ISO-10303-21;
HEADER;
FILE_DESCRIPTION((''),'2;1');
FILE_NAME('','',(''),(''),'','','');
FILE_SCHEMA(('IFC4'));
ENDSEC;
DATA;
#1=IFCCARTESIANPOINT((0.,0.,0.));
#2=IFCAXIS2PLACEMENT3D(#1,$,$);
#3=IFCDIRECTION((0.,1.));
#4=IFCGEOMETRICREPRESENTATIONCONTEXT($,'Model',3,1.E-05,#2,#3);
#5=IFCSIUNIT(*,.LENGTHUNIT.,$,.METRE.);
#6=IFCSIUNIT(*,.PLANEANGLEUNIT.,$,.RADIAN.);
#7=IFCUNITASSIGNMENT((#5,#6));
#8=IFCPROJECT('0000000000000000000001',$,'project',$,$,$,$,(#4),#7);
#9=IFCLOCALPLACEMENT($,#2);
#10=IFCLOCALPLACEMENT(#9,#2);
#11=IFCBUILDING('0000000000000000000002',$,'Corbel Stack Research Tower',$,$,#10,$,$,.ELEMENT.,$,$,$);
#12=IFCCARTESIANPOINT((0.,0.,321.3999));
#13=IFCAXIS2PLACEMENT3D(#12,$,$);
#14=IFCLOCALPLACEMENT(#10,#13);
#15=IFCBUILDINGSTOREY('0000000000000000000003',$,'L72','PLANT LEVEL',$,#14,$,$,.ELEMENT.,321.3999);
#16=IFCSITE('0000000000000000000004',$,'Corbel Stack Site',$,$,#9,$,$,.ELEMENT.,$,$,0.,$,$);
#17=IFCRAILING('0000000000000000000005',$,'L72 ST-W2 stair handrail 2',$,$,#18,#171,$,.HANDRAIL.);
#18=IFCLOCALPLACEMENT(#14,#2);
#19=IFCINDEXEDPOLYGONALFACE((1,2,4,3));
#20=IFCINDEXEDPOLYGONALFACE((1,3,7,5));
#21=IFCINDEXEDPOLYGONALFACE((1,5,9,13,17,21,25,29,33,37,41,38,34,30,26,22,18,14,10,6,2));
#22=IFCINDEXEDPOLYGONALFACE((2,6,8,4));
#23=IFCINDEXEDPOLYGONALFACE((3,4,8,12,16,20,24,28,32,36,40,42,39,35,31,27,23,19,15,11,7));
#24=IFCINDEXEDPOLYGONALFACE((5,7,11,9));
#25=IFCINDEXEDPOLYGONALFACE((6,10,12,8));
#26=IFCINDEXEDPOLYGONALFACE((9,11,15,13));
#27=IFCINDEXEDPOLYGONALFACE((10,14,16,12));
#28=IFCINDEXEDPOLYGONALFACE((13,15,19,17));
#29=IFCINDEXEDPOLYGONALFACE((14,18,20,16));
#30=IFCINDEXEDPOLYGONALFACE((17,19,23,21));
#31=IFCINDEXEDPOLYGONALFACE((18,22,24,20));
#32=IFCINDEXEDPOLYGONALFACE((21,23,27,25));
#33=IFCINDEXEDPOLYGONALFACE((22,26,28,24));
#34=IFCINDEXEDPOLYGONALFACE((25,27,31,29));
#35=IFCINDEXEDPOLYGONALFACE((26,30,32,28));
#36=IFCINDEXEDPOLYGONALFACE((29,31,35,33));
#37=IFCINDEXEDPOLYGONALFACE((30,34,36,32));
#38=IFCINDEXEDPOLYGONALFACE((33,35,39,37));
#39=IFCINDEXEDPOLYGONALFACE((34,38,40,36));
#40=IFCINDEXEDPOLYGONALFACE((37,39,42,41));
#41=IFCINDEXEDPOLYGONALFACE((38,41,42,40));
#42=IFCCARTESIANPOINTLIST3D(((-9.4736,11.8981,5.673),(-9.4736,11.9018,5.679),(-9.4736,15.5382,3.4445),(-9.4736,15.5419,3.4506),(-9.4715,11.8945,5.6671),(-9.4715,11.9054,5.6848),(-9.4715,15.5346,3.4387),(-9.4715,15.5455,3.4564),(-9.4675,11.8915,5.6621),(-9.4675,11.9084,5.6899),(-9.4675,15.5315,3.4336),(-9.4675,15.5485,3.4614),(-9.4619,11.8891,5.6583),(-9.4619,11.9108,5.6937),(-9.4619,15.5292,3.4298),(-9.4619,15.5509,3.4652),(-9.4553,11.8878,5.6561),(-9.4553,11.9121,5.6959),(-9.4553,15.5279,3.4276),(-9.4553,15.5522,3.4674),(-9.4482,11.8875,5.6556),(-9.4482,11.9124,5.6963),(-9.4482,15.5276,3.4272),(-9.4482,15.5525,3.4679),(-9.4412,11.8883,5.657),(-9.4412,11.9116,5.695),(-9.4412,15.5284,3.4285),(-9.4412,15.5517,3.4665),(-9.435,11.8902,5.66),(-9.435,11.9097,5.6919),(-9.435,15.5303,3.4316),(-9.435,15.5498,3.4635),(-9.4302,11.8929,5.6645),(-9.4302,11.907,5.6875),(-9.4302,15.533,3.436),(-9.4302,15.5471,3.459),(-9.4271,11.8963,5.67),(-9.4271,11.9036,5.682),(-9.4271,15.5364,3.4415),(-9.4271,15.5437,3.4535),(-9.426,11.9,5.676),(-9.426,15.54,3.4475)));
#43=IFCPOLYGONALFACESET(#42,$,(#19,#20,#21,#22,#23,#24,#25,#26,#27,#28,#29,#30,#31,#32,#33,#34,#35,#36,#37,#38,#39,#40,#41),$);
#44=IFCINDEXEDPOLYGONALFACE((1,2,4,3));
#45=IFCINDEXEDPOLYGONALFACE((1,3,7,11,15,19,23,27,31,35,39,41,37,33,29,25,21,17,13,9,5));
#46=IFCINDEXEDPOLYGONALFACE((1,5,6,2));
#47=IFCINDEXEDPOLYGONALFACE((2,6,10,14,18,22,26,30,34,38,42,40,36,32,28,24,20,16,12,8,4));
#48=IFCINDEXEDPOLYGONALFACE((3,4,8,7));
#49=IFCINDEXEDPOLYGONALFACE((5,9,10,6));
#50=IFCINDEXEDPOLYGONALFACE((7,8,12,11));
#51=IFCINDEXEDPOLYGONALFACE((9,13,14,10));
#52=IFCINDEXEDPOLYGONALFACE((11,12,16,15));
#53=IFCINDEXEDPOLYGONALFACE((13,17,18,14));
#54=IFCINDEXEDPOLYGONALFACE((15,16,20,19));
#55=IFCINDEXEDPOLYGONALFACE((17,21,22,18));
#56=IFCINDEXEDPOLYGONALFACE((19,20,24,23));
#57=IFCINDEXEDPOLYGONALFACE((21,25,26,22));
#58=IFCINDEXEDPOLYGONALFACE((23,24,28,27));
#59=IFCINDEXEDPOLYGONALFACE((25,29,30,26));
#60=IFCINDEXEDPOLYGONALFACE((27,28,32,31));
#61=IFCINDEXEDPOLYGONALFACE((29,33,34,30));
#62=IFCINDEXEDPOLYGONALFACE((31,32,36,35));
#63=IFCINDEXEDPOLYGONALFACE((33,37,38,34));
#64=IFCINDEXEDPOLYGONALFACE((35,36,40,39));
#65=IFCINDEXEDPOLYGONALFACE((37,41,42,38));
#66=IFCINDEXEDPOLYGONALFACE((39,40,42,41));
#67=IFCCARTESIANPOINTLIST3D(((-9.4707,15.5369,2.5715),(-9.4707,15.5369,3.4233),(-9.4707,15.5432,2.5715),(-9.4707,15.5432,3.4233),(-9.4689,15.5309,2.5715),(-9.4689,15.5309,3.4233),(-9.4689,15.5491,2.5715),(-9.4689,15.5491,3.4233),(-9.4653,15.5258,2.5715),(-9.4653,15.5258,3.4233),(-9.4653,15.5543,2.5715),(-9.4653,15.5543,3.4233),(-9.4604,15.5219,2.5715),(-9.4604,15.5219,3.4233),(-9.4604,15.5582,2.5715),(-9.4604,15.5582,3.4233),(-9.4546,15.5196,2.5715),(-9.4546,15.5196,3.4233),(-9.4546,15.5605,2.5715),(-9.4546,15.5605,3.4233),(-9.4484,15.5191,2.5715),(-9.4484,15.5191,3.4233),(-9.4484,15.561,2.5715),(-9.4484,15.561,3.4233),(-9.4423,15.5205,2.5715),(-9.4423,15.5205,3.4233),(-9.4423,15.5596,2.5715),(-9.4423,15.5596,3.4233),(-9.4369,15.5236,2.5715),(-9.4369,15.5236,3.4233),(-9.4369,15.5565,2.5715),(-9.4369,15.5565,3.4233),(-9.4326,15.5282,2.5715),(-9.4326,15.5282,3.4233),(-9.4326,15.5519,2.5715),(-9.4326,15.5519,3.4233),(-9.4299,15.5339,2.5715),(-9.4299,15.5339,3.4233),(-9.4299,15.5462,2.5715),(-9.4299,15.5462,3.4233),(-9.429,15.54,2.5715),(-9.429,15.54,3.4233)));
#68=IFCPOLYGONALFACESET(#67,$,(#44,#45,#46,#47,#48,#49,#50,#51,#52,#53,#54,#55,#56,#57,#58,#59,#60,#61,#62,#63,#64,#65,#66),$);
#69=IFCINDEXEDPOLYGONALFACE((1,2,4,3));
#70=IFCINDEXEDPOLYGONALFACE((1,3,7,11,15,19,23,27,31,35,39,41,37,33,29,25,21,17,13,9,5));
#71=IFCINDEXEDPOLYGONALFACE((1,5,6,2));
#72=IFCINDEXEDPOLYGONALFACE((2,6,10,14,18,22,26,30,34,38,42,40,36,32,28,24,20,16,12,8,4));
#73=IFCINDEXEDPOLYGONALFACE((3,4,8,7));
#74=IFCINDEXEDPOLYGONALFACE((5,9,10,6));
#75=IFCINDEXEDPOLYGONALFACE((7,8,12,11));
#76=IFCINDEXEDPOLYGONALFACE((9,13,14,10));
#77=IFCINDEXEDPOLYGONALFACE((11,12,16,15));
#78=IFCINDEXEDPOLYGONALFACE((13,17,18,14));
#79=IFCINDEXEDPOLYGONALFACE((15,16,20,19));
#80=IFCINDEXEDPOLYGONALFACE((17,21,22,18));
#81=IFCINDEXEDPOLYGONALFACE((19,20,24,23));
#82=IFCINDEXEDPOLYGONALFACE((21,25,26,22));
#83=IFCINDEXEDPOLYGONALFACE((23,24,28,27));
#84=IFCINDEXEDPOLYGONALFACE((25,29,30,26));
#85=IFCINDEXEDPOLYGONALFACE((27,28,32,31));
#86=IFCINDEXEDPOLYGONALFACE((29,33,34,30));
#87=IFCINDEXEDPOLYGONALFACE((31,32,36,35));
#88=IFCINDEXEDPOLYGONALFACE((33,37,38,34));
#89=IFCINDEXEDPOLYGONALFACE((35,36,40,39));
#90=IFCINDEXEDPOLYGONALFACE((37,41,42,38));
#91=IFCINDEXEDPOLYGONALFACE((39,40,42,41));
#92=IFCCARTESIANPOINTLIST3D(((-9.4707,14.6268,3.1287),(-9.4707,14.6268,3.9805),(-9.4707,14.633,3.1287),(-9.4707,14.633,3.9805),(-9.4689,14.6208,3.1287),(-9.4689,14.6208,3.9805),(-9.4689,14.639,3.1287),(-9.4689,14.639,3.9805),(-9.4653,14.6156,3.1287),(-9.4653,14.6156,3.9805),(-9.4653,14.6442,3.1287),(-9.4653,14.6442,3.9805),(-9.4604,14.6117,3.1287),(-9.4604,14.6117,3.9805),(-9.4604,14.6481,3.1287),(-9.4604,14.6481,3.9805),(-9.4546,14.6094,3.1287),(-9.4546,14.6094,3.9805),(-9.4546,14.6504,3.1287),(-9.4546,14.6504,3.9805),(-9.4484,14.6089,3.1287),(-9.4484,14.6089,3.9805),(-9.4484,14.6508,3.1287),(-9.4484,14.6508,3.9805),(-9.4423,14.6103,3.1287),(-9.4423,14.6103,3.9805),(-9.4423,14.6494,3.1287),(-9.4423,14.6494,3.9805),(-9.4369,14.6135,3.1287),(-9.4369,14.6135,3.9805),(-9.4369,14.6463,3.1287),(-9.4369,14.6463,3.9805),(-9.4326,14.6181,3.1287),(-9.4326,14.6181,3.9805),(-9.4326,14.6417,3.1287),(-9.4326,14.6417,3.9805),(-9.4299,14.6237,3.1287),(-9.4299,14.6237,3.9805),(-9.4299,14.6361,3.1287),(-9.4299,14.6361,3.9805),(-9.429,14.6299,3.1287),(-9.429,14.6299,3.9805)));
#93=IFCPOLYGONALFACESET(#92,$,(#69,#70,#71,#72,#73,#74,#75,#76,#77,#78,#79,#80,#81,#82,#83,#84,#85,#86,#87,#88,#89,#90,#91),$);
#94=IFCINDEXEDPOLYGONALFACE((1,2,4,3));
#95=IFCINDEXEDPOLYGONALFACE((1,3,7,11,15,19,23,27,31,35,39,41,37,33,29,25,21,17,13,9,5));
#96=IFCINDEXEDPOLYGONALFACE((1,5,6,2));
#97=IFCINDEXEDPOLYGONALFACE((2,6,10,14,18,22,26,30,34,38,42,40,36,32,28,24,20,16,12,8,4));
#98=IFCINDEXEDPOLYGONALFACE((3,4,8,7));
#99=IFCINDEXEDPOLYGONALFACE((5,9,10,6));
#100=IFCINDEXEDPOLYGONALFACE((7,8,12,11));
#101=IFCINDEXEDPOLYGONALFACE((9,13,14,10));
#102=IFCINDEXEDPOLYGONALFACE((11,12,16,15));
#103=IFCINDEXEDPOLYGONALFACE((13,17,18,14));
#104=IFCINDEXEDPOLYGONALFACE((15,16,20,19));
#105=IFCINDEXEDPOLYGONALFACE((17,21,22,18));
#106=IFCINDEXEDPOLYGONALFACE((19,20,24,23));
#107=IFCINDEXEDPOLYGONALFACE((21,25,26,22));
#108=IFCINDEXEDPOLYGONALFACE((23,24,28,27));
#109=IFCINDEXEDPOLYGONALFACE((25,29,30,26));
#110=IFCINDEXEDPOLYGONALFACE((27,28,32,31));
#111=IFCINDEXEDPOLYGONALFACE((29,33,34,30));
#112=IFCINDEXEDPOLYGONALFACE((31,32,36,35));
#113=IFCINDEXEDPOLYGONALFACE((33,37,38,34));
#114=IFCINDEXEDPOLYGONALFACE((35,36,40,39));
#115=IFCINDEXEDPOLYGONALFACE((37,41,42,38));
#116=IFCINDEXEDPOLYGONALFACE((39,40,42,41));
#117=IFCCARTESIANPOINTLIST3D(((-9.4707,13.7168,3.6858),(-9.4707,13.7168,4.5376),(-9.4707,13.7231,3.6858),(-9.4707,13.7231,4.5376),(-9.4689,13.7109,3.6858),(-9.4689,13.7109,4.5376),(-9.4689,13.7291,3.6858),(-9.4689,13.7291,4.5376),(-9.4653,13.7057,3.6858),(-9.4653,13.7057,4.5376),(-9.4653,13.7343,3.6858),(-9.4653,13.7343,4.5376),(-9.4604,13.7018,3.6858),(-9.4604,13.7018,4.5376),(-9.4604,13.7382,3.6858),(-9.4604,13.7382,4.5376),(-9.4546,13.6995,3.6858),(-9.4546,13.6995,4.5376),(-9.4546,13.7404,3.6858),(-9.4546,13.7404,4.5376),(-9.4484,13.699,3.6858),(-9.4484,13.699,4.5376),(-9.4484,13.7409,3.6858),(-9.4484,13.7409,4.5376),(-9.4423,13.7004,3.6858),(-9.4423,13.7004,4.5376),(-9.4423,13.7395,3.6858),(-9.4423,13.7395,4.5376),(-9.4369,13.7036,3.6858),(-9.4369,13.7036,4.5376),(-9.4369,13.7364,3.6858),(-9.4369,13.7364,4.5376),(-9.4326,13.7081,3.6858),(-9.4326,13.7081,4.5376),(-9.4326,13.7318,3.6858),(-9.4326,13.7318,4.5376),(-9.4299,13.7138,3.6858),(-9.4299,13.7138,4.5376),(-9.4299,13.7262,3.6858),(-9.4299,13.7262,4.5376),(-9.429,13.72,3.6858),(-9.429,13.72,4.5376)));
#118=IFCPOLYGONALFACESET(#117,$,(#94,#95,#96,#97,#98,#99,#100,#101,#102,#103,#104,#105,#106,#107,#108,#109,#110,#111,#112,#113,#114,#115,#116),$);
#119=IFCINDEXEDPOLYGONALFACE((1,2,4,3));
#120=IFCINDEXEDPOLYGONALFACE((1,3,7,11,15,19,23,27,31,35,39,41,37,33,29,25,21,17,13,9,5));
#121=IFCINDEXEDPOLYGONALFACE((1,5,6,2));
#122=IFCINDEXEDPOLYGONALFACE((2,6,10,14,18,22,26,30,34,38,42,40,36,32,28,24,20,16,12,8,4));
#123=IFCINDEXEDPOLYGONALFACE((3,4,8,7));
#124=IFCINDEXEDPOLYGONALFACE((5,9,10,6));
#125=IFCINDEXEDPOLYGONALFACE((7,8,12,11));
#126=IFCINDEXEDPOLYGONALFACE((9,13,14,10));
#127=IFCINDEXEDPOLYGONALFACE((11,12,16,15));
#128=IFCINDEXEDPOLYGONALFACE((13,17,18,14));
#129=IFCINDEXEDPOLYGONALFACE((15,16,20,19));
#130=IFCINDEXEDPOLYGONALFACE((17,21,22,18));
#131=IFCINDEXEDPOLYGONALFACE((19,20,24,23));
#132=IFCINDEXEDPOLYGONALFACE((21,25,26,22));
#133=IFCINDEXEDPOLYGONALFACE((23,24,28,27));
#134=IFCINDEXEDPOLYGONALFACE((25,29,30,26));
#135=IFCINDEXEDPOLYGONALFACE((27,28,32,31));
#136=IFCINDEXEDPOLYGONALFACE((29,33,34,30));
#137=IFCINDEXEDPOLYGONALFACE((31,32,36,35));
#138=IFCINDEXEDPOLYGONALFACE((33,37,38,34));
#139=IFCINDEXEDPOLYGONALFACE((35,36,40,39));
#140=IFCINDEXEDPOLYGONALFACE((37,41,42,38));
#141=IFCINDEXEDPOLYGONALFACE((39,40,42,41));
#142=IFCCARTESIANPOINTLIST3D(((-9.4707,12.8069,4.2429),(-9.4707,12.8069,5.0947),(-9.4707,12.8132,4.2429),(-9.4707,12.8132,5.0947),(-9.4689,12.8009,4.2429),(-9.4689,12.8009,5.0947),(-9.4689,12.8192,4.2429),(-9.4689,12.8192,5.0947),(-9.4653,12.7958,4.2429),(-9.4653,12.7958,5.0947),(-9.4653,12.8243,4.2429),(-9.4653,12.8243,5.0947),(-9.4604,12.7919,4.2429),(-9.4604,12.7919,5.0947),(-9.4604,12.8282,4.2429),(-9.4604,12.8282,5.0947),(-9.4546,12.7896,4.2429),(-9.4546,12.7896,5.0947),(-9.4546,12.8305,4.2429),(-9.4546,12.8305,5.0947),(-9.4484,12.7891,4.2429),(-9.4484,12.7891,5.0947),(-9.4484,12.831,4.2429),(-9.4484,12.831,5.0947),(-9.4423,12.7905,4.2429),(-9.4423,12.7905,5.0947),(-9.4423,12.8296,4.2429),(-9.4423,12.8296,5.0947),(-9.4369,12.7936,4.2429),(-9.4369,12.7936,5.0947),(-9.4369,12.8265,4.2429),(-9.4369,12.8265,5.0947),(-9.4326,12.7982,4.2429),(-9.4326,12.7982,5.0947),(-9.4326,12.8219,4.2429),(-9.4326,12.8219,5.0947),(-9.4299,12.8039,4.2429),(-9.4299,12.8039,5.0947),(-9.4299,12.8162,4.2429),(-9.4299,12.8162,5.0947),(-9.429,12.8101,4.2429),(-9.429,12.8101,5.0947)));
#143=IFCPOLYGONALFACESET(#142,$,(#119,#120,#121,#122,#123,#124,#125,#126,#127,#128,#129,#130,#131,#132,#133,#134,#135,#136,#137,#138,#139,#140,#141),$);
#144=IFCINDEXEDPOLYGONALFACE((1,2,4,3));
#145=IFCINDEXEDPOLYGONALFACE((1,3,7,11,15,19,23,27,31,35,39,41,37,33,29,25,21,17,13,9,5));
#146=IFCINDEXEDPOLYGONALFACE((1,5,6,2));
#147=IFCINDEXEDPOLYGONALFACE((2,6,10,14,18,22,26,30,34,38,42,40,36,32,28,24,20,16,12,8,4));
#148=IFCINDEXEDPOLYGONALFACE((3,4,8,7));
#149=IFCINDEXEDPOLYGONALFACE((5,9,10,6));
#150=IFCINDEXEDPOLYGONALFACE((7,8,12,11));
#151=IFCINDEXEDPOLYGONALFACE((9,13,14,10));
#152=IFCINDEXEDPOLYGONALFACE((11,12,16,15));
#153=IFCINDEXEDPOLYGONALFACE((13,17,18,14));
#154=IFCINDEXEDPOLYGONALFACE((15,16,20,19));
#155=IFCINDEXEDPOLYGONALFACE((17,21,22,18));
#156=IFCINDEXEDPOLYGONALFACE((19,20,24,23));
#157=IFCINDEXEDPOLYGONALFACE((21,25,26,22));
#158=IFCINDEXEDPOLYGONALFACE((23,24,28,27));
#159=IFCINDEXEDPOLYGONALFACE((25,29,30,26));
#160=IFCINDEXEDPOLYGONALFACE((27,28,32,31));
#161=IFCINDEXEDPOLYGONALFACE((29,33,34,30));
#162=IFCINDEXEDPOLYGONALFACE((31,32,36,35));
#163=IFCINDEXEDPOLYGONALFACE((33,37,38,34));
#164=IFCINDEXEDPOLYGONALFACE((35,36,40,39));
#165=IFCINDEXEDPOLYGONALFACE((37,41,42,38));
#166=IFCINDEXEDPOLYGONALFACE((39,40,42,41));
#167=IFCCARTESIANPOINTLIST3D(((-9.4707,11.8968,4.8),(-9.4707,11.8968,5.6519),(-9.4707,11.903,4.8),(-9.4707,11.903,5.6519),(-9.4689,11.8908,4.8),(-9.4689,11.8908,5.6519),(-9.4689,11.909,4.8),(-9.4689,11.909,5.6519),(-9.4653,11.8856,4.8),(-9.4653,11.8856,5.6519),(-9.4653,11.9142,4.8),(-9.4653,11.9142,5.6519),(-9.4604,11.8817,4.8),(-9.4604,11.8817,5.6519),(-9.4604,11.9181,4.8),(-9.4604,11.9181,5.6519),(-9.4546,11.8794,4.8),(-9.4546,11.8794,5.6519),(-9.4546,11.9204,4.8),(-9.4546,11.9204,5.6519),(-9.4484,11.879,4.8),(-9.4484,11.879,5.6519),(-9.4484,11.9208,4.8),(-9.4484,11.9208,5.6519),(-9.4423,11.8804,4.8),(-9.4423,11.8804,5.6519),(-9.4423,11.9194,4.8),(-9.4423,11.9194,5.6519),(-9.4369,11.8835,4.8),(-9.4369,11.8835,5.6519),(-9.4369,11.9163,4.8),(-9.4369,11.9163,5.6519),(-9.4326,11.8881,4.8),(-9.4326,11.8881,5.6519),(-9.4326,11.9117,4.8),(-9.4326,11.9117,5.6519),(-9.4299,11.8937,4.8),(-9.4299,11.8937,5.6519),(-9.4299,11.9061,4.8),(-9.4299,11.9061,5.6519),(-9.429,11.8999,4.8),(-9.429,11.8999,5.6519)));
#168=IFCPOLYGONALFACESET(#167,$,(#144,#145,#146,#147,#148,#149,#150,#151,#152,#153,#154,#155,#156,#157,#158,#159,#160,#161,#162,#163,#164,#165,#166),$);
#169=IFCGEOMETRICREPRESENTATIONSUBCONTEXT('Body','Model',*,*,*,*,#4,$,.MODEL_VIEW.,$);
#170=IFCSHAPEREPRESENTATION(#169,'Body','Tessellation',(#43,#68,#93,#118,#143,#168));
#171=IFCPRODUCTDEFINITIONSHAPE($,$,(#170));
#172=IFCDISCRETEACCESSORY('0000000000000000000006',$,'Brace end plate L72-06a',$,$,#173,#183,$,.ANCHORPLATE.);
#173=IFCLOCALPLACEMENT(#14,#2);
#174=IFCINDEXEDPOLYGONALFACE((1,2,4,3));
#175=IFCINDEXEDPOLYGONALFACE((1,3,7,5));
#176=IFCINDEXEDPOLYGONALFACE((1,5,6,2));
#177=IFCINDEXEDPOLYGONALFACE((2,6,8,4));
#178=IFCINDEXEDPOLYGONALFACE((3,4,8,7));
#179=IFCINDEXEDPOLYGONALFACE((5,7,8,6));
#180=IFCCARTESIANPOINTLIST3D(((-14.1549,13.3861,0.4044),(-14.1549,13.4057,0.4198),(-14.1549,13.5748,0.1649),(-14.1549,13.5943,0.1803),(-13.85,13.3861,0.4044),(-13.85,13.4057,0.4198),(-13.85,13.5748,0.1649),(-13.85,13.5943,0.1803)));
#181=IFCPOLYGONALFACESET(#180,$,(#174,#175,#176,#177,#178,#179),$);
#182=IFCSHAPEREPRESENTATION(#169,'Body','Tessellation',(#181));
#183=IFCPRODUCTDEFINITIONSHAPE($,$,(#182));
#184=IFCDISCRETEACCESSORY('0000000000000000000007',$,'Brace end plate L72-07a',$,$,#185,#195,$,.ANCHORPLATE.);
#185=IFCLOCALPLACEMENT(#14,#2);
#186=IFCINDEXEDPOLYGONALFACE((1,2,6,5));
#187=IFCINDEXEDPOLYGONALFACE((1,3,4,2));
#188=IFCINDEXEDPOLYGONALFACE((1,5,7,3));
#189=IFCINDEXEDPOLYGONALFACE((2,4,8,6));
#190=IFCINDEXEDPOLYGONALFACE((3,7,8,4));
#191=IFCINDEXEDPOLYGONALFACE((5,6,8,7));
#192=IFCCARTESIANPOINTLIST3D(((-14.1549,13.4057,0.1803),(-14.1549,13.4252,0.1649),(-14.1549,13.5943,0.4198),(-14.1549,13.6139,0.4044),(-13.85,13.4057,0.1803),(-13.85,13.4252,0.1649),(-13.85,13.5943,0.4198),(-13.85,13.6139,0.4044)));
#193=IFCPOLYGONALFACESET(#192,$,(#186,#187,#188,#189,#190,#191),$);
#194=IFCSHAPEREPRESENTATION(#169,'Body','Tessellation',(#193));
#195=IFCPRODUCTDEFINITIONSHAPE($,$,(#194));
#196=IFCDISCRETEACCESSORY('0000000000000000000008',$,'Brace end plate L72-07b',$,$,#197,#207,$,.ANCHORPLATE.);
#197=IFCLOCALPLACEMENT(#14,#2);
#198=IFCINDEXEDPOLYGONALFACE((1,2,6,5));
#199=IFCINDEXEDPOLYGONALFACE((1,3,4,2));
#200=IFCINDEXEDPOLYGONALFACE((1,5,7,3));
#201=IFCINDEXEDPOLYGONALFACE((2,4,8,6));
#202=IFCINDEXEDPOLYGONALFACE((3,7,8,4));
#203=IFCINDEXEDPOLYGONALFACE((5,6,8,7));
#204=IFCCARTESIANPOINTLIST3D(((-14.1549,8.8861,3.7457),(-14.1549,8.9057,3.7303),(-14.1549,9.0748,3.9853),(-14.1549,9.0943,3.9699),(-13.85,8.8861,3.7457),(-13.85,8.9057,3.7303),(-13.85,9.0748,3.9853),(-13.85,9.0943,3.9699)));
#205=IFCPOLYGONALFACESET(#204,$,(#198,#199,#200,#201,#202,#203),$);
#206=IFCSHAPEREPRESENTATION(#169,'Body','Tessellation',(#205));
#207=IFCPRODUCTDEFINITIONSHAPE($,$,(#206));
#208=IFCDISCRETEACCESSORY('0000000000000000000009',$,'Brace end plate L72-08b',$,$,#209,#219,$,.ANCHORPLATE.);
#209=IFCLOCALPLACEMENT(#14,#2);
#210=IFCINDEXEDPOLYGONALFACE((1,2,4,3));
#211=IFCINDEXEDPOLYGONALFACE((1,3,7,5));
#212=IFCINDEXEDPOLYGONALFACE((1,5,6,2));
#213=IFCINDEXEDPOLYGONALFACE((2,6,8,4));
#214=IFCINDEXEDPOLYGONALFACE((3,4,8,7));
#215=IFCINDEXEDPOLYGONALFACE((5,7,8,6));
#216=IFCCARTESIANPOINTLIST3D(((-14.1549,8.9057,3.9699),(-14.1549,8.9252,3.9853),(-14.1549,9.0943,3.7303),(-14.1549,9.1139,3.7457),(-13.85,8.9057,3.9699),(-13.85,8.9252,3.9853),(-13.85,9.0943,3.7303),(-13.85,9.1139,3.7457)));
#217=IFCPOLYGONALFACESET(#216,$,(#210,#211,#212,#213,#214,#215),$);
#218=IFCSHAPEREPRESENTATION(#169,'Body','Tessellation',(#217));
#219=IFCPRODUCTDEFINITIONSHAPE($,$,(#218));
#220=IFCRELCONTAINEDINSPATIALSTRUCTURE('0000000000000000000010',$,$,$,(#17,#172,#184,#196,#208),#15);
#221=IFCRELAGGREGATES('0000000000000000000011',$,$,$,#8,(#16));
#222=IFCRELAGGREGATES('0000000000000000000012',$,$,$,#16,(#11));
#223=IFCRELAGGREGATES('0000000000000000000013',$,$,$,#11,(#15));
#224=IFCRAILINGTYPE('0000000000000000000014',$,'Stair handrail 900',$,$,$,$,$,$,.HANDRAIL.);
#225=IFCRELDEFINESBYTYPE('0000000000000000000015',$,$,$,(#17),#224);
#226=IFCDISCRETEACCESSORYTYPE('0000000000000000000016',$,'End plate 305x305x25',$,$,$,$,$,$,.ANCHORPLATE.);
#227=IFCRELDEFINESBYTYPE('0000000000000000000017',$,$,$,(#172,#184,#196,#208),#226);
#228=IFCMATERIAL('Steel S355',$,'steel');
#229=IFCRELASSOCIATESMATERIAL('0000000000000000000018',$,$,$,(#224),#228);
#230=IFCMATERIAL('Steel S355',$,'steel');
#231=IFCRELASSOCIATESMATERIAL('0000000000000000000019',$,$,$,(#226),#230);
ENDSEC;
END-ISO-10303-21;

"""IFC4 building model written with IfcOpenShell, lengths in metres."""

from ifc_helpers import new_model, si_unit, direction, frame, origin, origin_2d, place, context, subcontext, project, spatial, rectangle, circle, extrude, material, material_profile, profile_set, type_object, element, save


model = new_model("IFC4")

# Units and contexts
model_context = context("Model", 3, precision=1e-05, world=origin(), true_north=direction((0.0, 1.0)))
body_context = subcontext(model_context, "Body", "Model", "MODEL_VIEW")
ifc_project = project(units=[si_unit("LENGTHUNIT", "METRE"), si_unit("PLANEANGLEUNIT", "RADIAN")], contexts=[model_context])

# Site, building, storey
site_placement = place(None, origin())
site = spatial("IfcSite", under=ifc_project, at=site_placement, Name="Corbel Stack Site", CompositionType="ELEMENT", RefElevation=0.0)
building_placement = place(site_placement, origin())
building = spatial("IfcBuilding", under=site, at=building_placement, Name="Corbel Stack Research Tower", CompositionType="ELEMENT")
storey_placement = place(building_placement, frame((0.0, 0.0, 321.3999)))
storey = spatial("IfcBuildingStorey", under=building, at=storey_placement, Name="L72", Description="PLANT LEVEL", CompositionType="ELEMENT", Elevation=321.3999)

# Railing
ifc_material_1 = material(Name="Steel S355", Category="steel")
railing_type_1 = type_object("IfcRailingType", Name="Stair handrail 900", PredefinedType="HANDRAIL", material=ifc_material_1)
railing_1_placement = place(storey_placement, frame((-9.45, 15.54, 2.5715)))
element("IfcRailing", 1, at=railing_1_placement, inside=storey, type_object=railing_type_1, Name="L72 ST-W2 stair handrail 2", PredefinedType="HANDRAIL", context=body_context, shape_type="SweptSolid", body=[
    extrude(circle(Radius=0.0239, at=origin_2d()), frame((0.0, 0.0, 0.876), z_axis=(0.0, -0.852866, 0.52213), x_axis=(1.0, 0.0, 0.0)), (0.0, 0.0, 1.0), 4.2681),
    extrude(circle(Radius=0.021, at=origin_2d()), origin(), (0.0, 0.0, 1.0), 0.8518),
    extrude(circle(Radius=0.021, at=origin_2d()), frame((0.0, -0.9102, 0.5571)), (0.0, 0.0, 1.0), 0.8518),
    extrude(circle(Radius=0.021, at=origin_2d()), frame((0.0, -1.8201, 1.1143)), (0.0, 0.0, 1.0), 0.8518),
    extrude(circle(Radius=0.021, at=origin_2d()), frame((0.0, -2.73, 1.6714)), (0.0, 0.0, 1.0), 0.8518),
    extrude(circle(Radius=0.021, at=origin_2d()), frame((0.0, -3.6401, 2.2285)), (0.0, 0.0, 1.0), 0.8518),
])

# Discrete accessories
ifc_material_2 = material(Name="Steel S355", Category="steel")
ifc_material_profile_1 = material_profile(ifc_material_2, rectangle(XDim=0.3049, YDim=0.3049, at=origin_2d()), Name="End plate 305x305x25")
ifc_profile_set_1 = profile_set([ifc_material_profile_1], Name="Steel S355")
discrete_accessory_type = type_object("IfcDiscreteAccessoryType", Name="End plate 305x305x25", PredefinedType="ANCHORPLATE", material=ifc_profile_set_1)
for number, where, z_axis, x_axis, name in (
    (2, (-14.0024, 13.5, 0.3), (0.0, -0.785636, -0.618689), (1.0, 0.0, 0.0), "Brace end plate L72-06a"),
    (3, (-14.0024, 13.5, 0.3), (0.0, 0.785636, -0.618689), (-1.0, 0.0, 0.0), "Brace end plate L72-07a"),
    (4, (-14.0024, 9.0, 3.8501), (0.0, -0.785636, 0.618689), (1.0, 0.0, 0.0), "Brace end plate L72-07b"),
    (5, (-14.0024, 9.0, 3.8501), (0.0, 0.785636, 0.618689), (-1.0, 0.0, 0.0), "Brace end plate L72-08b"),
):
    element("IfcDiscreteAccessory", number, at=place(storey_placement, frame(where, z_axis=z_axis, x_axis=x_axis)), inside=storey, type_object=discrete_accessory_type, Name=name, PredefinedType="ANCHORPLATE", context=body_context, shape_type="SweptSolid", body=[
        extrude(rectangle(XDim=0.3049, YDim=0.3049, at=origin_2d()), origin(), (0.0, 0.0, 1.0), 0.0249),
    ])

save(model, "model.ifc")
